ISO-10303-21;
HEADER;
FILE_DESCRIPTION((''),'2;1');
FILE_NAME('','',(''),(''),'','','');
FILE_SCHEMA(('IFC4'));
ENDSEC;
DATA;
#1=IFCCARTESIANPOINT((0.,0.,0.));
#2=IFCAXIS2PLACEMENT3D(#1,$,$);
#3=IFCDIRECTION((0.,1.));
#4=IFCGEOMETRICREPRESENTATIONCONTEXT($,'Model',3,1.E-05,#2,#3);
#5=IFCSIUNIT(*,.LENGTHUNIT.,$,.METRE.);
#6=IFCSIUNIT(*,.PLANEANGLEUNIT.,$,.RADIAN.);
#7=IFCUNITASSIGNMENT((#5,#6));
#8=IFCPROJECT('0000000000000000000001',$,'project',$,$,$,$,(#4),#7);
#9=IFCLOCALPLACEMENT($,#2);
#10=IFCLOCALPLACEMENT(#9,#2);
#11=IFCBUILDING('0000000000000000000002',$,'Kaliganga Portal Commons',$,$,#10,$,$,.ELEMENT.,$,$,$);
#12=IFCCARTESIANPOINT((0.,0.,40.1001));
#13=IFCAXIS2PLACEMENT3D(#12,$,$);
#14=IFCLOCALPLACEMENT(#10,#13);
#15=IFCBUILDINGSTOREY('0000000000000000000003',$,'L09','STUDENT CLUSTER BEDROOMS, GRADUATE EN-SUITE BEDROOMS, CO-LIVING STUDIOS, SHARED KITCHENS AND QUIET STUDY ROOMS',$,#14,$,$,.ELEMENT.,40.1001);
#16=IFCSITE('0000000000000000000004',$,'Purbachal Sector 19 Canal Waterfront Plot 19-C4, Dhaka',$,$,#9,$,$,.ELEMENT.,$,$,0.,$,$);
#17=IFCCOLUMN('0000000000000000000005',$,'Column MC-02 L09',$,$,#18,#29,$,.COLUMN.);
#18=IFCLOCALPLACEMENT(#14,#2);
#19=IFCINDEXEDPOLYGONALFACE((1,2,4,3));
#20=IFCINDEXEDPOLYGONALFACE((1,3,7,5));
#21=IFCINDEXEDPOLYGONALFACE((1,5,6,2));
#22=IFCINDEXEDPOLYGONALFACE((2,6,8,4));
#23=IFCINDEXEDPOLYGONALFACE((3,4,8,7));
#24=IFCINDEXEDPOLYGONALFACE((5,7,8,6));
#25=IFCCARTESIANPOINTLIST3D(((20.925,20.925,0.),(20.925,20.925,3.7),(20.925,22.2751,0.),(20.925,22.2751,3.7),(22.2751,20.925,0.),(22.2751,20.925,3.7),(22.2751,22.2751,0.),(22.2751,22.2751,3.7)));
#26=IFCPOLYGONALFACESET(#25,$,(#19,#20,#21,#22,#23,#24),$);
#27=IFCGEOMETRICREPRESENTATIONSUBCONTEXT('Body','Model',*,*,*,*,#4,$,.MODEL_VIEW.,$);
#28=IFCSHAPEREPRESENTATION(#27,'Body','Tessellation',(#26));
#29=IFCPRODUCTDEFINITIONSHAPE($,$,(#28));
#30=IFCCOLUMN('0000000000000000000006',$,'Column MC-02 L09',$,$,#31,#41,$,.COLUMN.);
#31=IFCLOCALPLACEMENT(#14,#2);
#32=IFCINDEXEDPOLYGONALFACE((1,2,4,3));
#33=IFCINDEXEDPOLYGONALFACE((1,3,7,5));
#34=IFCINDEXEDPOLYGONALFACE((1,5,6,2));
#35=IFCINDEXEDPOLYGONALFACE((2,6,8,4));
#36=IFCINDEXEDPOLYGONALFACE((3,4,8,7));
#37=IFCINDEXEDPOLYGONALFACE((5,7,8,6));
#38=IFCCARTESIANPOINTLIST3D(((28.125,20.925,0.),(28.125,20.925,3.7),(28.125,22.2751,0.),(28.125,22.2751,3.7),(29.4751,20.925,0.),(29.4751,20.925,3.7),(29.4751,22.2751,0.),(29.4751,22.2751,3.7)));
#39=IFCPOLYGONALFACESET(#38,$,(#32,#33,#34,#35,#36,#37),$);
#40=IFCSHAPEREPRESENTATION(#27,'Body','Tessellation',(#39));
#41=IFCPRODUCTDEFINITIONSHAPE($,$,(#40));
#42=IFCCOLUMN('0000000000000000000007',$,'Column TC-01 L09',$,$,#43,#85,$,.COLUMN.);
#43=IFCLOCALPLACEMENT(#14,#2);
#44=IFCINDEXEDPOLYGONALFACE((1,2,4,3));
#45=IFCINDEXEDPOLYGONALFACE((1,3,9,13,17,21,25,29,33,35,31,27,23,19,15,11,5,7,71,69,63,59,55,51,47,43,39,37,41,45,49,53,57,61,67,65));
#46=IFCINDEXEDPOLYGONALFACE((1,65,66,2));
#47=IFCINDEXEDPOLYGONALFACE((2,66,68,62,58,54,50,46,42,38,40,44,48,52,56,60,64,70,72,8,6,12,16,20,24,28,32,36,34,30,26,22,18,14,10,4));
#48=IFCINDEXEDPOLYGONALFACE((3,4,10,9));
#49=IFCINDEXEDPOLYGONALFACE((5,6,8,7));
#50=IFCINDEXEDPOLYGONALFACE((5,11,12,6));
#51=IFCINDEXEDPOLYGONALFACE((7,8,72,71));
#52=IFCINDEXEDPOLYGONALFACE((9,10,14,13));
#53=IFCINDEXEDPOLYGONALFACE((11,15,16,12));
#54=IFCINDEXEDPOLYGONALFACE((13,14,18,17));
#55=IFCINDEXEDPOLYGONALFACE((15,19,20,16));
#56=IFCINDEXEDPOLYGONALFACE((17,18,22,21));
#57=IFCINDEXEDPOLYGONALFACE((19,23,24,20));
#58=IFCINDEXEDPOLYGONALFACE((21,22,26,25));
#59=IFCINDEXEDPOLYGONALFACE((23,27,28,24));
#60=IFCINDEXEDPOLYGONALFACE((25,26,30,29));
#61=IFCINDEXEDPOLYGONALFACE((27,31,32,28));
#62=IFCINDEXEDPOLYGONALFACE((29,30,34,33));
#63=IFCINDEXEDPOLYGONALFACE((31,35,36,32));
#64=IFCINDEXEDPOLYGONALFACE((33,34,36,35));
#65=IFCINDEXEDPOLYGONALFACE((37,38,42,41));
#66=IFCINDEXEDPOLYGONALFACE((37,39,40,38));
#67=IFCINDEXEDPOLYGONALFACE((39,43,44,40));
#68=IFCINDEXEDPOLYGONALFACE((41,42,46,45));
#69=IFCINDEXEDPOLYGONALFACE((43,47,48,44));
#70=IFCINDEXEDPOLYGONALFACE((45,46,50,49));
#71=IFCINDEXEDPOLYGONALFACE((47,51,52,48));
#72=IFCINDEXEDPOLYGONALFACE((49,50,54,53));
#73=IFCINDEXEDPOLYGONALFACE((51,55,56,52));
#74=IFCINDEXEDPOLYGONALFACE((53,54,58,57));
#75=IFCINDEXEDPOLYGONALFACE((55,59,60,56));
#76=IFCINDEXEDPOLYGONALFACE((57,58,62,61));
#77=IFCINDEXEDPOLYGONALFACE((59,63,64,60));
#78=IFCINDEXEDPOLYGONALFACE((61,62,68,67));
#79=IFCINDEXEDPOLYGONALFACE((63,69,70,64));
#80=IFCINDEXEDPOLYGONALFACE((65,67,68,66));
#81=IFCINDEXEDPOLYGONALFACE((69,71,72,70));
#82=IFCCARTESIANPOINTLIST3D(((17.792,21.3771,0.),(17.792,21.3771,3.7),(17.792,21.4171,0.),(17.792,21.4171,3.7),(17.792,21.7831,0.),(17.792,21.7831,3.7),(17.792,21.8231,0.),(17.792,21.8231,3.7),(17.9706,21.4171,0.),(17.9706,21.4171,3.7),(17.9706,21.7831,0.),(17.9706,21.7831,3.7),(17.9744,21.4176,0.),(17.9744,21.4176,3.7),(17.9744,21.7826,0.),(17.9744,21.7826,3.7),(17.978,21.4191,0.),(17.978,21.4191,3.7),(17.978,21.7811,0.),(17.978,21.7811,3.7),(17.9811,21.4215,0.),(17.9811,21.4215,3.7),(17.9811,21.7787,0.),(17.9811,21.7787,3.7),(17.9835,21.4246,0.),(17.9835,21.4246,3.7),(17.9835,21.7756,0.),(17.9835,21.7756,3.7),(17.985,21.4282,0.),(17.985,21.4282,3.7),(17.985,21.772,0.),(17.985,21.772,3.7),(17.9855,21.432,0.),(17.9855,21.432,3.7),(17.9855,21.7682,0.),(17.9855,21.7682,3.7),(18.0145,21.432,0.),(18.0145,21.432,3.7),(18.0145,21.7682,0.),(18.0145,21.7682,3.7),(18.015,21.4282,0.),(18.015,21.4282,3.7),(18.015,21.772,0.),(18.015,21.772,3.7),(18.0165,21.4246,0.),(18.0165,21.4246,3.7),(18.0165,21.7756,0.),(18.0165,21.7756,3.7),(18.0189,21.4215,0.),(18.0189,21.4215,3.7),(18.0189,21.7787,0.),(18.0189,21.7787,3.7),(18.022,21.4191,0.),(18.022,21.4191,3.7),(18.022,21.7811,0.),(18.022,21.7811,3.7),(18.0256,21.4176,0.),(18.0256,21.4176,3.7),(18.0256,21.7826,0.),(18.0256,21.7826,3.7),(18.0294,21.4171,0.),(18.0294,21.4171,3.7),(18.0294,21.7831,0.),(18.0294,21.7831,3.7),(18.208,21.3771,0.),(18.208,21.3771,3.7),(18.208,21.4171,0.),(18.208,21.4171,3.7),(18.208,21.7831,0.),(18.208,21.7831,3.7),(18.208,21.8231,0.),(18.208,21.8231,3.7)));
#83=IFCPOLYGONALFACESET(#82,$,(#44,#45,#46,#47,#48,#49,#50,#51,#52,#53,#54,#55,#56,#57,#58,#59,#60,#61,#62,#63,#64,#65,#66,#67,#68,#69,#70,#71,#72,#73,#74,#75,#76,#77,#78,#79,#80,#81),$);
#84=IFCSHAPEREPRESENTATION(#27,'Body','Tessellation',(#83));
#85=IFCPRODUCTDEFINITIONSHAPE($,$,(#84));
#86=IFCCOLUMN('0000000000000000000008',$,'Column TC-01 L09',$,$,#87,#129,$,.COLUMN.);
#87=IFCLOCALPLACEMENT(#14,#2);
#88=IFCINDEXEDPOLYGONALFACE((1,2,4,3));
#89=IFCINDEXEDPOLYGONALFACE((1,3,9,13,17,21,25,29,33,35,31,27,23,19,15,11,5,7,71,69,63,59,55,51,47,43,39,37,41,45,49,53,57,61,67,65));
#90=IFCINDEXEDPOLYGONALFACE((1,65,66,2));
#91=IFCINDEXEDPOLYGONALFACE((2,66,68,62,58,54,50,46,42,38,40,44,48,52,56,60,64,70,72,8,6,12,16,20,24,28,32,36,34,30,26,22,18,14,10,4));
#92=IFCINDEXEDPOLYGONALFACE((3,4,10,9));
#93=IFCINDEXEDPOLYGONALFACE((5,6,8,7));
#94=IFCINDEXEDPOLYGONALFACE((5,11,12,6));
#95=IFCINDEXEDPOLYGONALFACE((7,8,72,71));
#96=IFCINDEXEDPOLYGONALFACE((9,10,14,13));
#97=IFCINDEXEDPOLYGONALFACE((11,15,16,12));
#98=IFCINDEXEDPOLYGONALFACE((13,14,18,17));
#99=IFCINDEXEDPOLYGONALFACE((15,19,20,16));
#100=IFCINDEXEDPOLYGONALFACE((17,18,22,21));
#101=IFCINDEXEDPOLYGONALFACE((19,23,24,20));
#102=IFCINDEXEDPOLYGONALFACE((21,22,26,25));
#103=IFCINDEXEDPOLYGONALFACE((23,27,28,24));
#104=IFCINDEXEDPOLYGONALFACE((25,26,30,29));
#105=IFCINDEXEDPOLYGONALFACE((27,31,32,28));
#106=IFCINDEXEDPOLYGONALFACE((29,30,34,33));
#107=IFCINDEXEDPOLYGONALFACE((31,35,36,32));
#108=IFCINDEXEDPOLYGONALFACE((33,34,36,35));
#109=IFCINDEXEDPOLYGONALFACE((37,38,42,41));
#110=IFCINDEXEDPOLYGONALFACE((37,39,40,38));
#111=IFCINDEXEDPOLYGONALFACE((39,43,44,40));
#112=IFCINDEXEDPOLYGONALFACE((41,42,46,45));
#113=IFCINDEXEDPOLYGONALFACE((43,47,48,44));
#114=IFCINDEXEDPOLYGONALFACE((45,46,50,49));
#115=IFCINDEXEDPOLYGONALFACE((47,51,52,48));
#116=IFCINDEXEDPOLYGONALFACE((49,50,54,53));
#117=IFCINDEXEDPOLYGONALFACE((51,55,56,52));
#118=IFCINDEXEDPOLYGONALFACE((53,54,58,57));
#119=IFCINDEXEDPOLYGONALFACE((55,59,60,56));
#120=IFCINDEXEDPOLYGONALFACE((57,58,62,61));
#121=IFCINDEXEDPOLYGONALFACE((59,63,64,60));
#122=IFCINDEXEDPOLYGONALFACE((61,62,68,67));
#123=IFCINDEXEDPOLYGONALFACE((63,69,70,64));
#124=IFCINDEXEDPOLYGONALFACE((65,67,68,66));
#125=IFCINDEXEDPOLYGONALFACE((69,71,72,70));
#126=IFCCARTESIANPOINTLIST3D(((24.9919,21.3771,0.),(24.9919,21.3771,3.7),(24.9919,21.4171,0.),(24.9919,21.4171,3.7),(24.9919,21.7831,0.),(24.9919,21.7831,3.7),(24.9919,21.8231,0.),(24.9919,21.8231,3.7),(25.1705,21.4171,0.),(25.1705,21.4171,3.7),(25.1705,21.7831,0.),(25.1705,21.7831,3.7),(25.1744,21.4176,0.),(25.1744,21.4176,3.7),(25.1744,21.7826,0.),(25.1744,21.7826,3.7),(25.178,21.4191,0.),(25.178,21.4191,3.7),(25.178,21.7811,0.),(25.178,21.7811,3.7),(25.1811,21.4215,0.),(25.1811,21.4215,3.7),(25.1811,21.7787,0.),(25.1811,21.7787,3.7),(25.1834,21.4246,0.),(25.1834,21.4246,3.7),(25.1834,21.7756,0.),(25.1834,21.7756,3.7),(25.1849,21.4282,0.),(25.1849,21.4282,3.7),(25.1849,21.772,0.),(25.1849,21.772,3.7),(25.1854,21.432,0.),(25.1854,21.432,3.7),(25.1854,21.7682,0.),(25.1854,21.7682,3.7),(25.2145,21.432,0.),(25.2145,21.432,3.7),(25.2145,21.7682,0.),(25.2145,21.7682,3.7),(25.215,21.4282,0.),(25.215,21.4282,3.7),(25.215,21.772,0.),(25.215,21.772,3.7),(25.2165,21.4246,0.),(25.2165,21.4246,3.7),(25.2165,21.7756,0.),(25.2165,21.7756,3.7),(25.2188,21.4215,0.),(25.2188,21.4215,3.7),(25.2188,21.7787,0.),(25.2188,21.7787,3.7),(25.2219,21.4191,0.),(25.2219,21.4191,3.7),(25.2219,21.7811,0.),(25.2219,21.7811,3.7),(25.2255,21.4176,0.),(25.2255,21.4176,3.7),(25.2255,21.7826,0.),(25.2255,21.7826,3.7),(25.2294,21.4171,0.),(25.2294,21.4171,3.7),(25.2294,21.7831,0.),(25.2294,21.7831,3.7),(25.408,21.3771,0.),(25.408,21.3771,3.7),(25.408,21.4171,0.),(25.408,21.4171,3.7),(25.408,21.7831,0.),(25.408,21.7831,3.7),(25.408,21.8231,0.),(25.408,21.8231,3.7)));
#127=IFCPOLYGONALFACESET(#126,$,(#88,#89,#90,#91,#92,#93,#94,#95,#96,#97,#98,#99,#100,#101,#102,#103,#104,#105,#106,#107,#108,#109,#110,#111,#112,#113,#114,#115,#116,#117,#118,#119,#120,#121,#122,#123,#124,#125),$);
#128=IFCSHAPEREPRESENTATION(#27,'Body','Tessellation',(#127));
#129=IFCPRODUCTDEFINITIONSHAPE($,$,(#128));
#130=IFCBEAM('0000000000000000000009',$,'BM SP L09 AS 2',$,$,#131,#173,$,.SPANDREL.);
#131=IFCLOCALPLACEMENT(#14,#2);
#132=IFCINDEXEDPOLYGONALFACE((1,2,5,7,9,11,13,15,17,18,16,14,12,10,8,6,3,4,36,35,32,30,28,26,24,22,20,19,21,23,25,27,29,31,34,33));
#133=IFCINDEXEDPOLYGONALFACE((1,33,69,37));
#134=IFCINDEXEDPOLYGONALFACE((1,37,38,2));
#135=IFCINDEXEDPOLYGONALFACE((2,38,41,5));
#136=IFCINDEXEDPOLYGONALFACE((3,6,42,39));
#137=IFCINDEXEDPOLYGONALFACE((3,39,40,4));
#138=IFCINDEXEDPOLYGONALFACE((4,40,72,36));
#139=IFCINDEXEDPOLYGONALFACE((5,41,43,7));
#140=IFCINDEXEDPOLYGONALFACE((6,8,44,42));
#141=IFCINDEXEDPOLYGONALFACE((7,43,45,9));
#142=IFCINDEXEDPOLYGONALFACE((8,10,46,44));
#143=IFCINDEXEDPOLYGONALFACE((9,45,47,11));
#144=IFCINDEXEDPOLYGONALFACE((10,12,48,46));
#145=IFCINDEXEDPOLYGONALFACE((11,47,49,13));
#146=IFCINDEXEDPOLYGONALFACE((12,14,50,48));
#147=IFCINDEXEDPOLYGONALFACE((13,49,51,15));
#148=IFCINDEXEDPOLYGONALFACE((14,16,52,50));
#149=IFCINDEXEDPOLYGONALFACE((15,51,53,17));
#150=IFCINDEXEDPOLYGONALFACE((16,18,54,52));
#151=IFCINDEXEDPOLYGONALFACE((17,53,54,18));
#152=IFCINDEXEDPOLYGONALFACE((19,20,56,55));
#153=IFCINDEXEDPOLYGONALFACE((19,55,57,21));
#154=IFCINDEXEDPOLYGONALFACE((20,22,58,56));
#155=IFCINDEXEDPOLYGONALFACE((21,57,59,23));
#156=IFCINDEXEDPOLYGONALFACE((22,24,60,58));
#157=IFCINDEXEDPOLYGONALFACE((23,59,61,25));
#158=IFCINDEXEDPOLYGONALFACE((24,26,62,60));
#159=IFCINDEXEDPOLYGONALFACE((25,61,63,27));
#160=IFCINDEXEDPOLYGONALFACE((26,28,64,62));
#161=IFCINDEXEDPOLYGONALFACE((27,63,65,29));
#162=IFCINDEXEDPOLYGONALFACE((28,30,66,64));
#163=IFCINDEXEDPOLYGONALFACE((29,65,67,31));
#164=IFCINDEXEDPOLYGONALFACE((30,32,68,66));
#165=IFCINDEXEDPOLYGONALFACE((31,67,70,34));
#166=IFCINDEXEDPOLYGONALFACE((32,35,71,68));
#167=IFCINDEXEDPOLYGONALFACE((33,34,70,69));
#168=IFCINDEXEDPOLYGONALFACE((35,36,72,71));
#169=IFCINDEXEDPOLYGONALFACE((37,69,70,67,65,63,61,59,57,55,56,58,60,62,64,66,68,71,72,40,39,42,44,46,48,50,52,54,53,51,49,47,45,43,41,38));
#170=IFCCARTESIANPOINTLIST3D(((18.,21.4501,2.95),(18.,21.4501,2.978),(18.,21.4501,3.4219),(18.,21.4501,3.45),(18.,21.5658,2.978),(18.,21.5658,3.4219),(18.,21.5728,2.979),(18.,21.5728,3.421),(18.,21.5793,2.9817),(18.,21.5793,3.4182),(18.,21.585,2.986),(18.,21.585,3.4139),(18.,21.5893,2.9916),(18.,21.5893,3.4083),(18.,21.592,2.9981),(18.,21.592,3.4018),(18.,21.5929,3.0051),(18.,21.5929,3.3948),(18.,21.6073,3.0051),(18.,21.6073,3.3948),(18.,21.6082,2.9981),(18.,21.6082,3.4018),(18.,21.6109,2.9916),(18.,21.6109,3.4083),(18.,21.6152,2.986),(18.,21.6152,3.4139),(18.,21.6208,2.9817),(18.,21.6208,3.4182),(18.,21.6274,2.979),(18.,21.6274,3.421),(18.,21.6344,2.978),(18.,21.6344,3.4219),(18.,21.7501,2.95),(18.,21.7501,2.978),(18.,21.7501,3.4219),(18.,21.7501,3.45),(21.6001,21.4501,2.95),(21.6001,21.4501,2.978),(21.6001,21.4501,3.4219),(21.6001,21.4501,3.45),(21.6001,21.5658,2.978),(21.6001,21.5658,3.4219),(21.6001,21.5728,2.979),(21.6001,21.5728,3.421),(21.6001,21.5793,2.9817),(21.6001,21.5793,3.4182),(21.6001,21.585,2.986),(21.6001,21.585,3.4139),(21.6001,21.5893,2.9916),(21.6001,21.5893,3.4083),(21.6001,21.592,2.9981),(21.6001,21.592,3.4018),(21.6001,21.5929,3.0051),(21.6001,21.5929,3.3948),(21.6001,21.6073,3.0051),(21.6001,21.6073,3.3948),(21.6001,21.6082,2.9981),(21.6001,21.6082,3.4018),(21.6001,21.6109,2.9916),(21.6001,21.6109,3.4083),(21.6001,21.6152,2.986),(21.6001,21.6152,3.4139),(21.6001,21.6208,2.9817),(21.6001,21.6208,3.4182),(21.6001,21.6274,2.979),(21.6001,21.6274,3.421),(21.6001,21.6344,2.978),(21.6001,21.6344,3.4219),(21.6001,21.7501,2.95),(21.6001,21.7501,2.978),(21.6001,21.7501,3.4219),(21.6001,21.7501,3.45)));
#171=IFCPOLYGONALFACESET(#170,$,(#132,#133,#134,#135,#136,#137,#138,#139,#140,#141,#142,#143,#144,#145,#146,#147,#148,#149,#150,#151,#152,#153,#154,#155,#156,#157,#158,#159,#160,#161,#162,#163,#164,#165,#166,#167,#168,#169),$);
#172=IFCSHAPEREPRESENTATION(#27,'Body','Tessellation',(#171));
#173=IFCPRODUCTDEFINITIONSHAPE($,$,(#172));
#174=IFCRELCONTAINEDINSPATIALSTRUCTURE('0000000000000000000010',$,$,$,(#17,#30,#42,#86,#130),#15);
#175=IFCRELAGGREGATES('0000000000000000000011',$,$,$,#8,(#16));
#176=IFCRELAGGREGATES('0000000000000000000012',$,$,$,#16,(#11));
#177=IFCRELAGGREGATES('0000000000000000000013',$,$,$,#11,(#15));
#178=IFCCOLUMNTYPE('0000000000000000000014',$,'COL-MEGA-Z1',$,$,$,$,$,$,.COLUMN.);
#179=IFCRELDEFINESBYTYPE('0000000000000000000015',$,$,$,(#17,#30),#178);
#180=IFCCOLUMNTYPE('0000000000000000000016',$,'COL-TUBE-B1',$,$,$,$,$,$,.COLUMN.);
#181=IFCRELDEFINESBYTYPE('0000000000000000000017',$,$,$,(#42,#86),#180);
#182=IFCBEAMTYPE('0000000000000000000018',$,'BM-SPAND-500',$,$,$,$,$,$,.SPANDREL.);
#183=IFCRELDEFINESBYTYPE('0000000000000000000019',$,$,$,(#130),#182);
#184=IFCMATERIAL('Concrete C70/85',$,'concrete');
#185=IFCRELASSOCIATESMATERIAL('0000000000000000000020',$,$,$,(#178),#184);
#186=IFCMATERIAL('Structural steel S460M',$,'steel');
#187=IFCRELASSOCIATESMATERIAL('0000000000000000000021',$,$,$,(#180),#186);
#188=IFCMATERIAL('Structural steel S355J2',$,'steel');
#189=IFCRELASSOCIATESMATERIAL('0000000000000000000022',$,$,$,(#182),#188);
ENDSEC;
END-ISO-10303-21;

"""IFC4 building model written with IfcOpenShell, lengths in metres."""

from ifc_helpers import new_model, si_unit, direction, frame, origin, origin_2d, place, context, subcontext, project, spatial, rectangle, i_section, extrude, source, transform, mapped, material, material_profile, profile_set, type_object, element, save


model = new_model("IFC4")

# Units and contexts
model_context = context("Model", 3, precision=1e-05, world=origin(), true_north=direction((0.0, 1.0)))
body_context = subcontext(model_context, "Body", "Model", "MODEL_VIEW")
ifc_project = project(units=[si_unit("LENGTHUNIT", "METRE"), si_unit("PLANEANGLEUNIT", "RADIAN")], contexts=[model_context])

# Site, building, storey
site_placement = place(None, origin())
site = spatial("IfcSite", under=ifc_project, at=site_placement, Name="Purbachal Sector 19 Canal Waterfront Plot 19-C4, Dhaka", CompositionType="ELEMENT", RefElevation=0.0)
building_placement = place(site_placement, origin())
building = spatial("IfcBuilding", under=site, at=building_placement, Name="Kaliganga Portal Commons", CompositionType="ELEMENT")
storey_placement = place(building_placement, frame((0.0, 0.0, 40.1001)))
storey = spatial("IfcBuildingStorey", under=building, at=storey_placement, Name="L09", Description="STUDENT CLUSTER BEDROOMS, GRADUATE EN-SUITE BEDROOMS, CO-LIVING STUDIOS, SHARED KITCHENS AND QUIET STUDY ROOMS", CompositionType="ELEMENT", Elevation=40.1001)

# Columns
ifc_material_1 = material(Name="Concrete C70/85", Category="concrete")
ifc_material_profile_1 = material_profile(ifc_material_1, rectangle(XDim=1.3501, YDim=1.3501, at=origin_2d()), Name="RC 1350x1350")
ifc_profile_set_1 = profile_set([ifc_material_profile_1], Name="Concrete C70/85")
column_type_1 = type_object("IfcColumnType", Name="COL-MEGA-Z1", PredefinedType="COLUMN", material=ifc_profile_set_1)
shared_shape_1 = source(origin(), body_context, "Body", "SweptSolid", [
    extrude(rectangle(XDim=1.3501, YDim=1.3501, at=origin_2d()), origin(), (0.0, 0.0, 1.0), 3.7),
])
for number, where, z_axis, x_axis, name in (
    (1, (21.6001, 21.6001, 0.0), (0.0, 0.0, 1.0), (1.0, 0.0, 0.0), "Column MC-02 L09"),
    (2, (28.8, 21.6001, 0.0), (0.0, 0.0, 1.0), (1.0, 0.0, 0.0), "Column MC-02 L09"),
):
    element("IfcColumn", number, at=place(storey_placement, frame(where, z_axis=z_axis, x_axis=x_axis)), inside=storey, type_object=column_type_1, Name=name, PredefinedType="COLUMN", context=body_context, shape_type="MappedRepresentation", body=[
        mapped(shared_shape_1, transform((0.0, 0.0, 0.0), x_axis=(1.0, 0.0, 0.0), y_axis=(0.0, 1.0, 0.0), z_axis=(0.0, 0.0, 1.0), scale=1.0)),
    ])
ifc_material_2 = material(Name="Structural steel S460M", Category="steel")
ifc_material_profile_2 = material_profile(ifc_material_2, i_section(OverallWidth=0.416, OverallDepth=0.446, WebThickness=0.0291, FlangeThickness=0.04, FilletRadius=0.0149, at=origin_2d()), Name="HD 400x509")
ifc_profile_set_2 = profile_set([ifc_material_profile_2], Name="Structural steel S460M wide-flange")
column_type_2 = type_object("IfcColumnType", Name="COL-TUBE-B1", PredefinedType="COLUMN", material=ifc_profile_set_2)
shared_shape_2 = source(origin(), body_context, "Body", "SweptSolid", [
    extrude(i_section(OverallWidth=0.416, OverallDepth=0.446, WebThickness=0.0291, FlangeThickness=0.04, FilletRadius=0.0149, at=origin_2d()), origin(), (0.0, 0.0, 1.0), 3.7),
])
for number, where, z_axis, x_axis, name in (
    (3, (18.0, 21.6001, 0.0), (0.0, 0.0, 1.0), (1.0, 0.0, 0.0), "Column TC-01 L09"),
    (4, (25.2, 21.6001, 0.0), (0.0, 0.0, 1.0), (1.0, 0.0, 0.0), "Column TC-01 L09"),
):
    element("IfcColumn", number, at=place(storey_placement, frame(where, z_axis=z_axis, x_axis=x_axis)), inside=storey, type_object=column_type_2, Name=name, PredefinedType="COLUMN", context=body_context, shape_type="MappedRepresentation", body=[
        mapped(shared_shape_2, transform((0.0, 0.0, 0.0), x_axis=(1.0, 0.0, 0.0), y_axis=(0.0, 1.0, 0.0), z_axis=(0.0, 0.0, 1.0), scale=1.0)),
    ])

# Beam
ifc_material_3 = material(Name="Structural steel S355J2", Category="steel")
ifc_material_profile_3 = material_profile(ifc_material_3, i_section(OverallWidth=0.3, OverallDepth=0.5, WebThickness=0.0144, FlangeThickness=0.0281, FilletRadius=0.0271, at=origin_2d()), Name="HE 500 B")
ifc_profile_set_3 = profile_set([ifc_material_profile_3], Name="Structural steel S355J2 wide-flange")
beam_type_1 = type_object("IfcBeamType", Name="BM-SPAND-500", PredefinedType="SPANDREL", material=ifc_profile_set_3)
shared_shape_3 = source(origin(), body_context, "Body", "SweptSolid", [
    extrude(i_section(OverallWidth=0.3, OverallDepth=0.5, WebThickness=0.0144, FlangeThickness=0.0281, FilletRadius=0.0271, at=origin_2d()), origin(), (0.0, 0.0, 1.0), 3.6001),
])
for number, where, z_axis, x_axis, name in (
    (5, (18.0, 21.6001, 3.2), (1.0, 0.0, 0.0), (0.0, 1.0, 0.0), "BM SP L09 AS 2"),
):
    element("IfcBeam", number, at=place(storey_placement, frame(where, z_axis=z_axis, x_axis=x_axis)), inside=storey, type_object=beam_type_1, Name=name, PredefinedType="SPANDREL", context=body_context, shape_type="MappedRepresentation", body=[
        mapped(shared_shape_3, transform((0.0, 0.0, 0.0), x_axis=(1.0, 0.0, 0.0), y_axis=(0.0, 1.0, 0.0), z_axis=(0.0, 0.0, 1.0), scale=1.0)),
    ])

save(model, "model.ifc")
